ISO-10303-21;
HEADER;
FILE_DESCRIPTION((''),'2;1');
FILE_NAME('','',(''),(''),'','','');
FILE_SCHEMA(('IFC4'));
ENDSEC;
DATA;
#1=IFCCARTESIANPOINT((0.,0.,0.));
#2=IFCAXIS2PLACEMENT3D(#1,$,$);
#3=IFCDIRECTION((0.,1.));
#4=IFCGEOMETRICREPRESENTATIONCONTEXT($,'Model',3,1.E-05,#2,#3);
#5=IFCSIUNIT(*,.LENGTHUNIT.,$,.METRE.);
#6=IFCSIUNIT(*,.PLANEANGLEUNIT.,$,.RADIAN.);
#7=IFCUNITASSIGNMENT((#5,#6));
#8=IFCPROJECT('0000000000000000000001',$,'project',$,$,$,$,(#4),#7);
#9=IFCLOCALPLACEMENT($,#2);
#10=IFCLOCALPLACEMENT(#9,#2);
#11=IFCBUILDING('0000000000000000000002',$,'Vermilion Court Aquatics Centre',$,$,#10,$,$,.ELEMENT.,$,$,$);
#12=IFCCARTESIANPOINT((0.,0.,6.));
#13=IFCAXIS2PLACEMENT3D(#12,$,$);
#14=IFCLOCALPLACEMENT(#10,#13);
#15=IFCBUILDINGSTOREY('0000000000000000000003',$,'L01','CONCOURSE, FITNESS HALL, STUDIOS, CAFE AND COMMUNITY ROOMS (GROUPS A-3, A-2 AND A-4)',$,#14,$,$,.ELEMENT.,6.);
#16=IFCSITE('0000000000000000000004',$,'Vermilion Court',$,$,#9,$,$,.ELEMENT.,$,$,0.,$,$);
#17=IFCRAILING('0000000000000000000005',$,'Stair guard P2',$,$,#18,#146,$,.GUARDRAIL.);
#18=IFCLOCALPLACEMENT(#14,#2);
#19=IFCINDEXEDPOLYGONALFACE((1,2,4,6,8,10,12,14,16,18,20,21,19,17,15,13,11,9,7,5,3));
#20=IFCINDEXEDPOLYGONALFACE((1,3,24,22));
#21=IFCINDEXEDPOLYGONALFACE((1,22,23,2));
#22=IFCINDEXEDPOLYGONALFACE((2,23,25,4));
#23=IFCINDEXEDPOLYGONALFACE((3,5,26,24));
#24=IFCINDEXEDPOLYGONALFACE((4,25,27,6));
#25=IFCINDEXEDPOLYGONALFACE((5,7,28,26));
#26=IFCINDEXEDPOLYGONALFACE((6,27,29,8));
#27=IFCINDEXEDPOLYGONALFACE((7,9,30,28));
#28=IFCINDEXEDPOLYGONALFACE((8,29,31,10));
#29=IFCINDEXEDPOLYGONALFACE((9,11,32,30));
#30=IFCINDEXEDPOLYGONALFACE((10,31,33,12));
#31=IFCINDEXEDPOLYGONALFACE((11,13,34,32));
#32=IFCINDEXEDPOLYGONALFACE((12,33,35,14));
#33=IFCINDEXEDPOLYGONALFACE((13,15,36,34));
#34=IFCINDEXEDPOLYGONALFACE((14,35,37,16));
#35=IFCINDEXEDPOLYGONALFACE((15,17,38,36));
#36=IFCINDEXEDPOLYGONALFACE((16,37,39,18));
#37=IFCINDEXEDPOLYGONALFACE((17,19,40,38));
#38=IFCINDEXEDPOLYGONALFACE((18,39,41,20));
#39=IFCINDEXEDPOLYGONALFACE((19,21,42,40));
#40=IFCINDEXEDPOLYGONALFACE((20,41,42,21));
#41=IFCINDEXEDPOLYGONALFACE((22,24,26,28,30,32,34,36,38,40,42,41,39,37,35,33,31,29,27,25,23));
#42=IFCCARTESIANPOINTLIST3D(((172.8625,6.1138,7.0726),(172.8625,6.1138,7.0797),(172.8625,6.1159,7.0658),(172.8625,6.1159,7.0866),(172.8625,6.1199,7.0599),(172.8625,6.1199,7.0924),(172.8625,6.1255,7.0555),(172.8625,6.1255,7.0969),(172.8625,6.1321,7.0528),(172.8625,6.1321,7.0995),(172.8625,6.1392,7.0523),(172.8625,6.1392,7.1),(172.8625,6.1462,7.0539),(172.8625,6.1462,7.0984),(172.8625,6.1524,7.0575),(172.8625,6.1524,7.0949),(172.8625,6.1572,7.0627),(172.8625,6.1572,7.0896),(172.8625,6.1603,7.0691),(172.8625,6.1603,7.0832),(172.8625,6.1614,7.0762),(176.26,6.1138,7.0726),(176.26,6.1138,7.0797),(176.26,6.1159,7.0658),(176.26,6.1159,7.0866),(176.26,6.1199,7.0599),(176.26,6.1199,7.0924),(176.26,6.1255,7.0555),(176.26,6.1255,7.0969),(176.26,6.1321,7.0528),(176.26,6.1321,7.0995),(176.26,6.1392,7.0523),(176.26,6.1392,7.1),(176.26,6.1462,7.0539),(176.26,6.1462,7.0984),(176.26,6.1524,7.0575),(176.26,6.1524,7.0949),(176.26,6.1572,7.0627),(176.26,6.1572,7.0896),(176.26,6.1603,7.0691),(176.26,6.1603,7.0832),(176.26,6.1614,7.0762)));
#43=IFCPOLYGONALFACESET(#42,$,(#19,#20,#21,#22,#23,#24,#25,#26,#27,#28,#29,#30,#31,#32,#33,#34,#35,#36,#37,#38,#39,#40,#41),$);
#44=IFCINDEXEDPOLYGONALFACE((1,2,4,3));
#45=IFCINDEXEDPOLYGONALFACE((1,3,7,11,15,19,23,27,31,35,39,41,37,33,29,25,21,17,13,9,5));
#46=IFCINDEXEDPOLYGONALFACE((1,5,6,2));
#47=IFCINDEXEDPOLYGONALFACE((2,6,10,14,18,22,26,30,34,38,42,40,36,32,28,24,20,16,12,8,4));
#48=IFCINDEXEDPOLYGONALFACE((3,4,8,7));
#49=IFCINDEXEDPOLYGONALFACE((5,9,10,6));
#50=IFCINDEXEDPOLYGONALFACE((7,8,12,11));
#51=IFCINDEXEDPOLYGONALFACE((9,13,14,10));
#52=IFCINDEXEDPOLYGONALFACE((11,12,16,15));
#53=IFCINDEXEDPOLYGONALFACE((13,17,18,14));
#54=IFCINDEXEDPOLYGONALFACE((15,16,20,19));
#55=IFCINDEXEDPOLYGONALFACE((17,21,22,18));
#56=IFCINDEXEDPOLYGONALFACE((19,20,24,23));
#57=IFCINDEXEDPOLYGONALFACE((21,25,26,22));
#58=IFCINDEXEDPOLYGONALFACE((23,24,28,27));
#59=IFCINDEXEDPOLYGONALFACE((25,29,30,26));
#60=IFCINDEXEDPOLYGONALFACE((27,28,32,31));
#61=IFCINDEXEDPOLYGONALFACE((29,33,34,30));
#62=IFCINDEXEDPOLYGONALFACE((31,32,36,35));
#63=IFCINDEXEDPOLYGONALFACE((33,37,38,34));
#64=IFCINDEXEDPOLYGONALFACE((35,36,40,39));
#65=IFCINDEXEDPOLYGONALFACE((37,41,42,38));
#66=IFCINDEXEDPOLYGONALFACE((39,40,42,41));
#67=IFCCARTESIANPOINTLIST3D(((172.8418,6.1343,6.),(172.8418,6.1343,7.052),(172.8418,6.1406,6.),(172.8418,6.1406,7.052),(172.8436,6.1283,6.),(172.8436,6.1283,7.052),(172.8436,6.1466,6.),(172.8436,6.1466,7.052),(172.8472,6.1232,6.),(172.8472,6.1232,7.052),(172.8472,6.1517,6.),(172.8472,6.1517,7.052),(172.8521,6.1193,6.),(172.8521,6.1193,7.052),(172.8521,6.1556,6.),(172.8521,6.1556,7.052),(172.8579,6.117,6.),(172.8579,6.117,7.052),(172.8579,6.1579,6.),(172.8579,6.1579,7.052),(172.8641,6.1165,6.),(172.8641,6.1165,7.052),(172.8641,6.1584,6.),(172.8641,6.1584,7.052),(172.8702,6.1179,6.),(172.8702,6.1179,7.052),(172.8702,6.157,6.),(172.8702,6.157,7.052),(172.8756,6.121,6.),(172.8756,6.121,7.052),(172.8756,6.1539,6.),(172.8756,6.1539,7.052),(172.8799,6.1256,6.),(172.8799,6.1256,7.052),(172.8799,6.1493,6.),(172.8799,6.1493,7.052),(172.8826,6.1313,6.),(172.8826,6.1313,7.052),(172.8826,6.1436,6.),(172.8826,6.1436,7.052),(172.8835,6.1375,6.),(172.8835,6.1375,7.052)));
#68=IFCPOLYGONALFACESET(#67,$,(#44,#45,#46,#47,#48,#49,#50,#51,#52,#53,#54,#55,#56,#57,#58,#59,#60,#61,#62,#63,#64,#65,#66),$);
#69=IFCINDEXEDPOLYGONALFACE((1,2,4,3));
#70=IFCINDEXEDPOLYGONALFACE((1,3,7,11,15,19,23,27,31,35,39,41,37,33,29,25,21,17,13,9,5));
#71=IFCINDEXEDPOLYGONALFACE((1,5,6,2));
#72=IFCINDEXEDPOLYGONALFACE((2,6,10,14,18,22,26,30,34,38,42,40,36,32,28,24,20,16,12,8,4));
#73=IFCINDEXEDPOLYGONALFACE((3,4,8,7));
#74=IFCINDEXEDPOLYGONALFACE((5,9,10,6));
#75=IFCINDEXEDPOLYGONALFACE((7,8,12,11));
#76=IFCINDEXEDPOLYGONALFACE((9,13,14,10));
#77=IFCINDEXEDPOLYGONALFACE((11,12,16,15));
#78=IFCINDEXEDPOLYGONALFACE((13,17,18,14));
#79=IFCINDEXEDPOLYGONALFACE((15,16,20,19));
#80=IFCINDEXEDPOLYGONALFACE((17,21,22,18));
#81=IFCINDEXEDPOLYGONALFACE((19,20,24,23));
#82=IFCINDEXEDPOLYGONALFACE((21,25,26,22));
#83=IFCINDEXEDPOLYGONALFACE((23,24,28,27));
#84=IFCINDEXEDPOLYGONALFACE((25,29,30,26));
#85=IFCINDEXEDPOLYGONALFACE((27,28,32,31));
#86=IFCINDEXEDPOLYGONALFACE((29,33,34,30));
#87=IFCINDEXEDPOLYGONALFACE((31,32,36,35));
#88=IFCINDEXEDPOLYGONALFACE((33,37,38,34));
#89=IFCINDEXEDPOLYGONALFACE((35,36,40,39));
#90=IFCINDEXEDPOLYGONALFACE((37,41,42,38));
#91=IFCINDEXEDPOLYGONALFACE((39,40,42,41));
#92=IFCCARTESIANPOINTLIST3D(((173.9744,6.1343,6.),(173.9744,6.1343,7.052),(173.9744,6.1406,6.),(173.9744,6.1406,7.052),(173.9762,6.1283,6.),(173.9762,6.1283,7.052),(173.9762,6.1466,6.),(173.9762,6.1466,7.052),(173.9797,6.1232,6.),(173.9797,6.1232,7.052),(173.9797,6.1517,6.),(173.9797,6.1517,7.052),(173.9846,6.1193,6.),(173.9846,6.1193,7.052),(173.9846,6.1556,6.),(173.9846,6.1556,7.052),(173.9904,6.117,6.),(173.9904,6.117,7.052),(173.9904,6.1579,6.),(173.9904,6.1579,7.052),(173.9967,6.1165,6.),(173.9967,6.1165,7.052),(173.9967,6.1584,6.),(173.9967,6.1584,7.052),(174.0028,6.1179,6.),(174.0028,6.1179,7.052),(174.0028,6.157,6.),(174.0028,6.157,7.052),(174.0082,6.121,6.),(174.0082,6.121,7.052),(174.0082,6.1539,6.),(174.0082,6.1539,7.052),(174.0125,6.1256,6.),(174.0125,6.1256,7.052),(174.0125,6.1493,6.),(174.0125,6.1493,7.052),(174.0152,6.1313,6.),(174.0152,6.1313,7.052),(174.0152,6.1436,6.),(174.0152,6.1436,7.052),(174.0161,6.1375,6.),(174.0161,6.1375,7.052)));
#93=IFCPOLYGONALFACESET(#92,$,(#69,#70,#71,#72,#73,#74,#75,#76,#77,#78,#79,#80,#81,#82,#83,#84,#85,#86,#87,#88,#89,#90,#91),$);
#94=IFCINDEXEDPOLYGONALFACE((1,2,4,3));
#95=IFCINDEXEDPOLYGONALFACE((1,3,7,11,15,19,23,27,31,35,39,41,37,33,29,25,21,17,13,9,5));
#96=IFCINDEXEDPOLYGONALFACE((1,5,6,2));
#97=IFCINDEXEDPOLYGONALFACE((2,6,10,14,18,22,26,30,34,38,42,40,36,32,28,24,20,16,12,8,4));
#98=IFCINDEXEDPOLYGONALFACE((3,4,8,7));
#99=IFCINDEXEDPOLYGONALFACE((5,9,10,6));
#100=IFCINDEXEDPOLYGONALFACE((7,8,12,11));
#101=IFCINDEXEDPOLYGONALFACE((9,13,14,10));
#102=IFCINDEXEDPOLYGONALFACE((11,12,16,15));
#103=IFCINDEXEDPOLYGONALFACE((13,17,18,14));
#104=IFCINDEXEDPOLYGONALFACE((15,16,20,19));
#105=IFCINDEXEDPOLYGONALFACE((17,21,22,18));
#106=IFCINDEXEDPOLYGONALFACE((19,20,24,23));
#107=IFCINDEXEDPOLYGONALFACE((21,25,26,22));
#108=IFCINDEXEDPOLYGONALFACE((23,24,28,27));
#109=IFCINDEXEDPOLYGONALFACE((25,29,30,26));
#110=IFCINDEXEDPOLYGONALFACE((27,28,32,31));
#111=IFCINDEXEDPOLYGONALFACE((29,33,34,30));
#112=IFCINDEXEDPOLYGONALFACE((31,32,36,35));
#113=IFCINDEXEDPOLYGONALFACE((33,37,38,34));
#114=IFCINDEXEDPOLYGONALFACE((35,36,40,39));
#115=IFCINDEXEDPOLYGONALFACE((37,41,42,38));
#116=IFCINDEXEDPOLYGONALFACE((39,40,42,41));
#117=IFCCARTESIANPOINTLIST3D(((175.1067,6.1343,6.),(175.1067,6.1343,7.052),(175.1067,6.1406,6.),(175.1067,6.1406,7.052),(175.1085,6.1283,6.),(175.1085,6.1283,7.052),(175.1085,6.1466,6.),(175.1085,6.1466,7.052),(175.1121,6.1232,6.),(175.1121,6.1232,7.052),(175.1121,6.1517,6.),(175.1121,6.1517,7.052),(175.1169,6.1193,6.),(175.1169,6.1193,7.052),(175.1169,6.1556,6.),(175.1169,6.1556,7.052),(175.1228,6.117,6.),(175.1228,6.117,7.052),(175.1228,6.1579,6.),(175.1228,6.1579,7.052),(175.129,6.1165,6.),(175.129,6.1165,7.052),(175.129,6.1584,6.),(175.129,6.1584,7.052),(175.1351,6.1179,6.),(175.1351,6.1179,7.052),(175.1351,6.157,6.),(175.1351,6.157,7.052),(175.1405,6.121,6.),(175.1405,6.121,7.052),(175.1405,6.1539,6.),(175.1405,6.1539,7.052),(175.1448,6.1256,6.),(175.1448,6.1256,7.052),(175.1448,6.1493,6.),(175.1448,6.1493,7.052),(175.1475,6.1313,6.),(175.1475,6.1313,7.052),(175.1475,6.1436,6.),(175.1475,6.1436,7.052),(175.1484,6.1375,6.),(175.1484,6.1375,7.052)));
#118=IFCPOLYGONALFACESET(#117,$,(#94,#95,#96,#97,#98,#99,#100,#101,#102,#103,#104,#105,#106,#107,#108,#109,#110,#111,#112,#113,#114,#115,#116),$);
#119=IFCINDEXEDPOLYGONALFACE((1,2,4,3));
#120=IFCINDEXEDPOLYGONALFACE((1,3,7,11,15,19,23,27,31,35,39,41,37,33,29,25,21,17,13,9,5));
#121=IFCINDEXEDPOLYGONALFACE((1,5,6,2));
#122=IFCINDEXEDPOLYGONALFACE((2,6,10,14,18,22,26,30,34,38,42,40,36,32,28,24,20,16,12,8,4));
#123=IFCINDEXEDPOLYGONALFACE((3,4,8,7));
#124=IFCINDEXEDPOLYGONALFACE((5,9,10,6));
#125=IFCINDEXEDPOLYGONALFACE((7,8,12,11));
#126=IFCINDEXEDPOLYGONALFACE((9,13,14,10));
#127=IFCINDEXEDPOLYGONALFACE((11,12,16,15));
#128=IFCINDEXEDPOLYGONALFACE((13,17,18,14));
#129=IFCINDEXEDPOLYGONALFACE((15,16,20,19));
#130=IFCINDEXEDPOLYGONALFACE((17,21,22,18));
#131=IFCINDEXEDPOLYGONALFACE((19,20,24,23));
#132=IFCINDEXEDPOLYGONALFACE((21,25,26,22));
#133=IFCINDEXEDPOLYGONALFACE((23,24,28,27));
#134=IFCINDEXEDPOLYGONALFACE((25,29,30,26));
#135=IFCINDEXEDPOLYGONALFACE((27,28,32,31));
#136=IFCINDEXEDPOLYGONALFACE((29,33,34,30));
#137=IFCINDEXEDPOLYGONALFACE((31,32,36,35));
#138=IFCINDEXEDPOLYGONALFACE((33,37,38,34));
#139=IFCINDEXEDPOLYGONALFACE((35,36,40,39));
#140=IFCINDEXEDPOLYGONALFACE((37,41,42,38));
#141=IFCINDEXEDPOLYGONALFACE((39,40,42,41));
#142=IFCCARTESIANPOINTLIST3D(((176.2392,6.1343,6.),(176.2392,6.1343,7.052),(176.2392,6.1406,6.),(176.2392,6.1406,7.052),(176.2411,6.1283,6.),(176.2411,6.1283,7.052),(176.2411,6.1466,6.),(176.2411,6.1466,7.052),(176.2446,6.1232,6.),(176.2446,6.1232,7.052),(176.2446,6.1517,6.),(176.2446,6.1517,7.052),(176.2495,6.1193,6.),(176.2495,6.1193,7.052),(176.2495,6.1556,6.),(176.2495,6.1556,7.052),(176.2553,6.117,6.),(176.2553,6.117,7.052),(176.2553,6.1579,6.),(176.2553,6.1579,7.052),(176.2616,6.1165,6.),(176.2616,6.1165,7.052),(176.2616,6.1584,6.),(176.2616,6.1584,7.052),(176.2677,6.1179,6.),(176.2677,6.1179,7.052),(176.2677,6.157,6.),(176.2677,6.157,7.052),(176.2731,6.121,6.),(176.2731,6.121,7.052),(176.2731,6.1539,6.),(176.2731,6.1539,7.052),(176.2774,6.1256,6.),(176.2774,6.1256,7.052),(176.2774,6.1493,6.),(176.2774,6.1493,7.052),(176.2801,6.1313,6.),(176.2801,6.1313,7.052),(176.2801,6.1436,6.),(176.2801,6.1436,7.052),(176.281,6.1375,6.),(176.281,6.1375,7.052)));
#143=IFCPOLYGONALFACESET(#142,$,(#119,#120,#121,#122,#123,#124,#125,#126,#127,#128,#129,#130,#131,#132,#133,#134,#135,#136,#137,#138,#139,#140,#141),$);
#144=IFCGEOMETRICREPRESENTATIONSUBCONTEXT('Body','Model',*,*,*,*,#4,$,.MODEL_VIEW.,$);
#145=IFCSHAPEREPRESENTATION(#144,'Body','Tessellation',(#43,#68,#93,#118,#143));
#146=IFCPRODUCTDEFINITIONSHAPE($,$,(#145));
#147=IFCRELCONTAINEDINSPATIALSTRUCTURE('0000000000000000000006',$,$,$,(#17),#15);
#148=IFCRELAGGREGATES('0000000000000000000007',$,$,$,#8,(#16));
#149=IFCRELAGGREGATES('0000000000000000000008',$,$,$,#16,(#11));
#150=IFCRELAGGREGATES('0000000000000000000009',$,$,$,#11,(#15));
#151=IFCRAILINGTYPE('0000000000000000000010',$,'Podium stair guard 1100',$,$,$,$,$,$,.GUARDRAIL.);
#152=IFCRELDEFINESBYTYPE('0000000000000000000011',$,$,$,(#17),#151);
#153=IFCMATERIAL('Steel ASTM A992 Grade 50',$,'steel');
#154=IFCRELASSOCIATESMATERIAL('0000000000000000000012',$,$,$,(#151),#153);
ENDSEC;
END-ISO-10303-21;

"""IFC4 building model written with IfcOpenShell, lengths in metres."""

from ifc_helpers import new_model, si_unit, direction, frame, origin, origin_2d, place, context, subcontext, project, spatial, circle, extrude, material, type_object, element, save


model = new_model("IFC4")

# Units and contexts
model_context = context("Model", 3, precision=1e-05, world=origin(), true_north=direction((0.0, 1.0)))
body_context = subcontext(model_context, "Body", "Model", "MODEL_VIEW")
ifc_project = project(units=[si_unit("LENGTHUNIT", "METRE"), si_unit("PLANEANGLEUNIT", "RADIAN")], contexts=[model_context])

# Site, building, storey
site_placement = place(None, origin())
site = spatial("IfcSite", under=ifc_project, at=site_placement, Name="Vermilion Court", CompositionType="ELEMENT", RefElevation=0.0)
building_placement = place(site_placement, origin())
building = spatial("IfcBuilding", under=site, at=building_placement, Name="Vermilion Court Aquatics Centre", CompositionType="ELEMENT")
storey_placement = place(building_placement, frame((0.0, 0.0, 6.0)))
storey = spatial("IfcBuildingStorey", under=building, at=storey_placement, Name="L01", Description="CONCOURSE, FITNESS HALL, STUDIOS, CAFE AND COMMUNITY ROOMS (GROUPS A-3, A-2 AND A-4)", CompositionType="ELEMENT", Elevation=6.0)

# Railing
ifc_material_1 = material(Name="Steel ASTM A992 Grade 50", Category="steel")
railing_type_1 = type_object("IfcRailingType", Name="Podium stair guard 1100", PredefinedType="GUARDRAIL", material=ifc_material_1)
railing_1_placement = place(storey_placement, frame((172.8625, 6.1375, 6.0)))
element("IfcRailing", 1, at=railing_1_placement, inside=storey, type_object=railing_type_1, Name="Stair guard P2", PredefinedType="GUARDRAIL", context=body_context, shape_type="SweptSolid", body=[
    extrude(circle(Radius=0.0239, at=origin_2d()), frame((0.0, 0.0, 1.0762), z_axis=(1.0, 0.0, 0.0), x_axis=(0.0, 1.0, 0.0)), (0.0, 0.0, 1.0), 3.3975),
    extrude(circle(Radius=0.021, at=origin_2d()), origin(), (0.0, 0.0, 1.0), 1.052),
    extrude(circle(Radius=0.021, at=origin_2d()), frame((1.1326, 0.0, 0.0)), (0.0, 0.0, 1.0), 1.052),
    extrude(circle(Radius=0.021, at=origin_2d()), frame((2.2649, 0.0, 0.0)), (0.0, 0.0, 1.0), 1.052),
    extrude(circle(Radius=0.021, at=origin_2d()), frame((3.3975, 0.0, 0.0)), (0.0, 0.0, 1.0), 1.052),
])

save(model, "model.ifc")
